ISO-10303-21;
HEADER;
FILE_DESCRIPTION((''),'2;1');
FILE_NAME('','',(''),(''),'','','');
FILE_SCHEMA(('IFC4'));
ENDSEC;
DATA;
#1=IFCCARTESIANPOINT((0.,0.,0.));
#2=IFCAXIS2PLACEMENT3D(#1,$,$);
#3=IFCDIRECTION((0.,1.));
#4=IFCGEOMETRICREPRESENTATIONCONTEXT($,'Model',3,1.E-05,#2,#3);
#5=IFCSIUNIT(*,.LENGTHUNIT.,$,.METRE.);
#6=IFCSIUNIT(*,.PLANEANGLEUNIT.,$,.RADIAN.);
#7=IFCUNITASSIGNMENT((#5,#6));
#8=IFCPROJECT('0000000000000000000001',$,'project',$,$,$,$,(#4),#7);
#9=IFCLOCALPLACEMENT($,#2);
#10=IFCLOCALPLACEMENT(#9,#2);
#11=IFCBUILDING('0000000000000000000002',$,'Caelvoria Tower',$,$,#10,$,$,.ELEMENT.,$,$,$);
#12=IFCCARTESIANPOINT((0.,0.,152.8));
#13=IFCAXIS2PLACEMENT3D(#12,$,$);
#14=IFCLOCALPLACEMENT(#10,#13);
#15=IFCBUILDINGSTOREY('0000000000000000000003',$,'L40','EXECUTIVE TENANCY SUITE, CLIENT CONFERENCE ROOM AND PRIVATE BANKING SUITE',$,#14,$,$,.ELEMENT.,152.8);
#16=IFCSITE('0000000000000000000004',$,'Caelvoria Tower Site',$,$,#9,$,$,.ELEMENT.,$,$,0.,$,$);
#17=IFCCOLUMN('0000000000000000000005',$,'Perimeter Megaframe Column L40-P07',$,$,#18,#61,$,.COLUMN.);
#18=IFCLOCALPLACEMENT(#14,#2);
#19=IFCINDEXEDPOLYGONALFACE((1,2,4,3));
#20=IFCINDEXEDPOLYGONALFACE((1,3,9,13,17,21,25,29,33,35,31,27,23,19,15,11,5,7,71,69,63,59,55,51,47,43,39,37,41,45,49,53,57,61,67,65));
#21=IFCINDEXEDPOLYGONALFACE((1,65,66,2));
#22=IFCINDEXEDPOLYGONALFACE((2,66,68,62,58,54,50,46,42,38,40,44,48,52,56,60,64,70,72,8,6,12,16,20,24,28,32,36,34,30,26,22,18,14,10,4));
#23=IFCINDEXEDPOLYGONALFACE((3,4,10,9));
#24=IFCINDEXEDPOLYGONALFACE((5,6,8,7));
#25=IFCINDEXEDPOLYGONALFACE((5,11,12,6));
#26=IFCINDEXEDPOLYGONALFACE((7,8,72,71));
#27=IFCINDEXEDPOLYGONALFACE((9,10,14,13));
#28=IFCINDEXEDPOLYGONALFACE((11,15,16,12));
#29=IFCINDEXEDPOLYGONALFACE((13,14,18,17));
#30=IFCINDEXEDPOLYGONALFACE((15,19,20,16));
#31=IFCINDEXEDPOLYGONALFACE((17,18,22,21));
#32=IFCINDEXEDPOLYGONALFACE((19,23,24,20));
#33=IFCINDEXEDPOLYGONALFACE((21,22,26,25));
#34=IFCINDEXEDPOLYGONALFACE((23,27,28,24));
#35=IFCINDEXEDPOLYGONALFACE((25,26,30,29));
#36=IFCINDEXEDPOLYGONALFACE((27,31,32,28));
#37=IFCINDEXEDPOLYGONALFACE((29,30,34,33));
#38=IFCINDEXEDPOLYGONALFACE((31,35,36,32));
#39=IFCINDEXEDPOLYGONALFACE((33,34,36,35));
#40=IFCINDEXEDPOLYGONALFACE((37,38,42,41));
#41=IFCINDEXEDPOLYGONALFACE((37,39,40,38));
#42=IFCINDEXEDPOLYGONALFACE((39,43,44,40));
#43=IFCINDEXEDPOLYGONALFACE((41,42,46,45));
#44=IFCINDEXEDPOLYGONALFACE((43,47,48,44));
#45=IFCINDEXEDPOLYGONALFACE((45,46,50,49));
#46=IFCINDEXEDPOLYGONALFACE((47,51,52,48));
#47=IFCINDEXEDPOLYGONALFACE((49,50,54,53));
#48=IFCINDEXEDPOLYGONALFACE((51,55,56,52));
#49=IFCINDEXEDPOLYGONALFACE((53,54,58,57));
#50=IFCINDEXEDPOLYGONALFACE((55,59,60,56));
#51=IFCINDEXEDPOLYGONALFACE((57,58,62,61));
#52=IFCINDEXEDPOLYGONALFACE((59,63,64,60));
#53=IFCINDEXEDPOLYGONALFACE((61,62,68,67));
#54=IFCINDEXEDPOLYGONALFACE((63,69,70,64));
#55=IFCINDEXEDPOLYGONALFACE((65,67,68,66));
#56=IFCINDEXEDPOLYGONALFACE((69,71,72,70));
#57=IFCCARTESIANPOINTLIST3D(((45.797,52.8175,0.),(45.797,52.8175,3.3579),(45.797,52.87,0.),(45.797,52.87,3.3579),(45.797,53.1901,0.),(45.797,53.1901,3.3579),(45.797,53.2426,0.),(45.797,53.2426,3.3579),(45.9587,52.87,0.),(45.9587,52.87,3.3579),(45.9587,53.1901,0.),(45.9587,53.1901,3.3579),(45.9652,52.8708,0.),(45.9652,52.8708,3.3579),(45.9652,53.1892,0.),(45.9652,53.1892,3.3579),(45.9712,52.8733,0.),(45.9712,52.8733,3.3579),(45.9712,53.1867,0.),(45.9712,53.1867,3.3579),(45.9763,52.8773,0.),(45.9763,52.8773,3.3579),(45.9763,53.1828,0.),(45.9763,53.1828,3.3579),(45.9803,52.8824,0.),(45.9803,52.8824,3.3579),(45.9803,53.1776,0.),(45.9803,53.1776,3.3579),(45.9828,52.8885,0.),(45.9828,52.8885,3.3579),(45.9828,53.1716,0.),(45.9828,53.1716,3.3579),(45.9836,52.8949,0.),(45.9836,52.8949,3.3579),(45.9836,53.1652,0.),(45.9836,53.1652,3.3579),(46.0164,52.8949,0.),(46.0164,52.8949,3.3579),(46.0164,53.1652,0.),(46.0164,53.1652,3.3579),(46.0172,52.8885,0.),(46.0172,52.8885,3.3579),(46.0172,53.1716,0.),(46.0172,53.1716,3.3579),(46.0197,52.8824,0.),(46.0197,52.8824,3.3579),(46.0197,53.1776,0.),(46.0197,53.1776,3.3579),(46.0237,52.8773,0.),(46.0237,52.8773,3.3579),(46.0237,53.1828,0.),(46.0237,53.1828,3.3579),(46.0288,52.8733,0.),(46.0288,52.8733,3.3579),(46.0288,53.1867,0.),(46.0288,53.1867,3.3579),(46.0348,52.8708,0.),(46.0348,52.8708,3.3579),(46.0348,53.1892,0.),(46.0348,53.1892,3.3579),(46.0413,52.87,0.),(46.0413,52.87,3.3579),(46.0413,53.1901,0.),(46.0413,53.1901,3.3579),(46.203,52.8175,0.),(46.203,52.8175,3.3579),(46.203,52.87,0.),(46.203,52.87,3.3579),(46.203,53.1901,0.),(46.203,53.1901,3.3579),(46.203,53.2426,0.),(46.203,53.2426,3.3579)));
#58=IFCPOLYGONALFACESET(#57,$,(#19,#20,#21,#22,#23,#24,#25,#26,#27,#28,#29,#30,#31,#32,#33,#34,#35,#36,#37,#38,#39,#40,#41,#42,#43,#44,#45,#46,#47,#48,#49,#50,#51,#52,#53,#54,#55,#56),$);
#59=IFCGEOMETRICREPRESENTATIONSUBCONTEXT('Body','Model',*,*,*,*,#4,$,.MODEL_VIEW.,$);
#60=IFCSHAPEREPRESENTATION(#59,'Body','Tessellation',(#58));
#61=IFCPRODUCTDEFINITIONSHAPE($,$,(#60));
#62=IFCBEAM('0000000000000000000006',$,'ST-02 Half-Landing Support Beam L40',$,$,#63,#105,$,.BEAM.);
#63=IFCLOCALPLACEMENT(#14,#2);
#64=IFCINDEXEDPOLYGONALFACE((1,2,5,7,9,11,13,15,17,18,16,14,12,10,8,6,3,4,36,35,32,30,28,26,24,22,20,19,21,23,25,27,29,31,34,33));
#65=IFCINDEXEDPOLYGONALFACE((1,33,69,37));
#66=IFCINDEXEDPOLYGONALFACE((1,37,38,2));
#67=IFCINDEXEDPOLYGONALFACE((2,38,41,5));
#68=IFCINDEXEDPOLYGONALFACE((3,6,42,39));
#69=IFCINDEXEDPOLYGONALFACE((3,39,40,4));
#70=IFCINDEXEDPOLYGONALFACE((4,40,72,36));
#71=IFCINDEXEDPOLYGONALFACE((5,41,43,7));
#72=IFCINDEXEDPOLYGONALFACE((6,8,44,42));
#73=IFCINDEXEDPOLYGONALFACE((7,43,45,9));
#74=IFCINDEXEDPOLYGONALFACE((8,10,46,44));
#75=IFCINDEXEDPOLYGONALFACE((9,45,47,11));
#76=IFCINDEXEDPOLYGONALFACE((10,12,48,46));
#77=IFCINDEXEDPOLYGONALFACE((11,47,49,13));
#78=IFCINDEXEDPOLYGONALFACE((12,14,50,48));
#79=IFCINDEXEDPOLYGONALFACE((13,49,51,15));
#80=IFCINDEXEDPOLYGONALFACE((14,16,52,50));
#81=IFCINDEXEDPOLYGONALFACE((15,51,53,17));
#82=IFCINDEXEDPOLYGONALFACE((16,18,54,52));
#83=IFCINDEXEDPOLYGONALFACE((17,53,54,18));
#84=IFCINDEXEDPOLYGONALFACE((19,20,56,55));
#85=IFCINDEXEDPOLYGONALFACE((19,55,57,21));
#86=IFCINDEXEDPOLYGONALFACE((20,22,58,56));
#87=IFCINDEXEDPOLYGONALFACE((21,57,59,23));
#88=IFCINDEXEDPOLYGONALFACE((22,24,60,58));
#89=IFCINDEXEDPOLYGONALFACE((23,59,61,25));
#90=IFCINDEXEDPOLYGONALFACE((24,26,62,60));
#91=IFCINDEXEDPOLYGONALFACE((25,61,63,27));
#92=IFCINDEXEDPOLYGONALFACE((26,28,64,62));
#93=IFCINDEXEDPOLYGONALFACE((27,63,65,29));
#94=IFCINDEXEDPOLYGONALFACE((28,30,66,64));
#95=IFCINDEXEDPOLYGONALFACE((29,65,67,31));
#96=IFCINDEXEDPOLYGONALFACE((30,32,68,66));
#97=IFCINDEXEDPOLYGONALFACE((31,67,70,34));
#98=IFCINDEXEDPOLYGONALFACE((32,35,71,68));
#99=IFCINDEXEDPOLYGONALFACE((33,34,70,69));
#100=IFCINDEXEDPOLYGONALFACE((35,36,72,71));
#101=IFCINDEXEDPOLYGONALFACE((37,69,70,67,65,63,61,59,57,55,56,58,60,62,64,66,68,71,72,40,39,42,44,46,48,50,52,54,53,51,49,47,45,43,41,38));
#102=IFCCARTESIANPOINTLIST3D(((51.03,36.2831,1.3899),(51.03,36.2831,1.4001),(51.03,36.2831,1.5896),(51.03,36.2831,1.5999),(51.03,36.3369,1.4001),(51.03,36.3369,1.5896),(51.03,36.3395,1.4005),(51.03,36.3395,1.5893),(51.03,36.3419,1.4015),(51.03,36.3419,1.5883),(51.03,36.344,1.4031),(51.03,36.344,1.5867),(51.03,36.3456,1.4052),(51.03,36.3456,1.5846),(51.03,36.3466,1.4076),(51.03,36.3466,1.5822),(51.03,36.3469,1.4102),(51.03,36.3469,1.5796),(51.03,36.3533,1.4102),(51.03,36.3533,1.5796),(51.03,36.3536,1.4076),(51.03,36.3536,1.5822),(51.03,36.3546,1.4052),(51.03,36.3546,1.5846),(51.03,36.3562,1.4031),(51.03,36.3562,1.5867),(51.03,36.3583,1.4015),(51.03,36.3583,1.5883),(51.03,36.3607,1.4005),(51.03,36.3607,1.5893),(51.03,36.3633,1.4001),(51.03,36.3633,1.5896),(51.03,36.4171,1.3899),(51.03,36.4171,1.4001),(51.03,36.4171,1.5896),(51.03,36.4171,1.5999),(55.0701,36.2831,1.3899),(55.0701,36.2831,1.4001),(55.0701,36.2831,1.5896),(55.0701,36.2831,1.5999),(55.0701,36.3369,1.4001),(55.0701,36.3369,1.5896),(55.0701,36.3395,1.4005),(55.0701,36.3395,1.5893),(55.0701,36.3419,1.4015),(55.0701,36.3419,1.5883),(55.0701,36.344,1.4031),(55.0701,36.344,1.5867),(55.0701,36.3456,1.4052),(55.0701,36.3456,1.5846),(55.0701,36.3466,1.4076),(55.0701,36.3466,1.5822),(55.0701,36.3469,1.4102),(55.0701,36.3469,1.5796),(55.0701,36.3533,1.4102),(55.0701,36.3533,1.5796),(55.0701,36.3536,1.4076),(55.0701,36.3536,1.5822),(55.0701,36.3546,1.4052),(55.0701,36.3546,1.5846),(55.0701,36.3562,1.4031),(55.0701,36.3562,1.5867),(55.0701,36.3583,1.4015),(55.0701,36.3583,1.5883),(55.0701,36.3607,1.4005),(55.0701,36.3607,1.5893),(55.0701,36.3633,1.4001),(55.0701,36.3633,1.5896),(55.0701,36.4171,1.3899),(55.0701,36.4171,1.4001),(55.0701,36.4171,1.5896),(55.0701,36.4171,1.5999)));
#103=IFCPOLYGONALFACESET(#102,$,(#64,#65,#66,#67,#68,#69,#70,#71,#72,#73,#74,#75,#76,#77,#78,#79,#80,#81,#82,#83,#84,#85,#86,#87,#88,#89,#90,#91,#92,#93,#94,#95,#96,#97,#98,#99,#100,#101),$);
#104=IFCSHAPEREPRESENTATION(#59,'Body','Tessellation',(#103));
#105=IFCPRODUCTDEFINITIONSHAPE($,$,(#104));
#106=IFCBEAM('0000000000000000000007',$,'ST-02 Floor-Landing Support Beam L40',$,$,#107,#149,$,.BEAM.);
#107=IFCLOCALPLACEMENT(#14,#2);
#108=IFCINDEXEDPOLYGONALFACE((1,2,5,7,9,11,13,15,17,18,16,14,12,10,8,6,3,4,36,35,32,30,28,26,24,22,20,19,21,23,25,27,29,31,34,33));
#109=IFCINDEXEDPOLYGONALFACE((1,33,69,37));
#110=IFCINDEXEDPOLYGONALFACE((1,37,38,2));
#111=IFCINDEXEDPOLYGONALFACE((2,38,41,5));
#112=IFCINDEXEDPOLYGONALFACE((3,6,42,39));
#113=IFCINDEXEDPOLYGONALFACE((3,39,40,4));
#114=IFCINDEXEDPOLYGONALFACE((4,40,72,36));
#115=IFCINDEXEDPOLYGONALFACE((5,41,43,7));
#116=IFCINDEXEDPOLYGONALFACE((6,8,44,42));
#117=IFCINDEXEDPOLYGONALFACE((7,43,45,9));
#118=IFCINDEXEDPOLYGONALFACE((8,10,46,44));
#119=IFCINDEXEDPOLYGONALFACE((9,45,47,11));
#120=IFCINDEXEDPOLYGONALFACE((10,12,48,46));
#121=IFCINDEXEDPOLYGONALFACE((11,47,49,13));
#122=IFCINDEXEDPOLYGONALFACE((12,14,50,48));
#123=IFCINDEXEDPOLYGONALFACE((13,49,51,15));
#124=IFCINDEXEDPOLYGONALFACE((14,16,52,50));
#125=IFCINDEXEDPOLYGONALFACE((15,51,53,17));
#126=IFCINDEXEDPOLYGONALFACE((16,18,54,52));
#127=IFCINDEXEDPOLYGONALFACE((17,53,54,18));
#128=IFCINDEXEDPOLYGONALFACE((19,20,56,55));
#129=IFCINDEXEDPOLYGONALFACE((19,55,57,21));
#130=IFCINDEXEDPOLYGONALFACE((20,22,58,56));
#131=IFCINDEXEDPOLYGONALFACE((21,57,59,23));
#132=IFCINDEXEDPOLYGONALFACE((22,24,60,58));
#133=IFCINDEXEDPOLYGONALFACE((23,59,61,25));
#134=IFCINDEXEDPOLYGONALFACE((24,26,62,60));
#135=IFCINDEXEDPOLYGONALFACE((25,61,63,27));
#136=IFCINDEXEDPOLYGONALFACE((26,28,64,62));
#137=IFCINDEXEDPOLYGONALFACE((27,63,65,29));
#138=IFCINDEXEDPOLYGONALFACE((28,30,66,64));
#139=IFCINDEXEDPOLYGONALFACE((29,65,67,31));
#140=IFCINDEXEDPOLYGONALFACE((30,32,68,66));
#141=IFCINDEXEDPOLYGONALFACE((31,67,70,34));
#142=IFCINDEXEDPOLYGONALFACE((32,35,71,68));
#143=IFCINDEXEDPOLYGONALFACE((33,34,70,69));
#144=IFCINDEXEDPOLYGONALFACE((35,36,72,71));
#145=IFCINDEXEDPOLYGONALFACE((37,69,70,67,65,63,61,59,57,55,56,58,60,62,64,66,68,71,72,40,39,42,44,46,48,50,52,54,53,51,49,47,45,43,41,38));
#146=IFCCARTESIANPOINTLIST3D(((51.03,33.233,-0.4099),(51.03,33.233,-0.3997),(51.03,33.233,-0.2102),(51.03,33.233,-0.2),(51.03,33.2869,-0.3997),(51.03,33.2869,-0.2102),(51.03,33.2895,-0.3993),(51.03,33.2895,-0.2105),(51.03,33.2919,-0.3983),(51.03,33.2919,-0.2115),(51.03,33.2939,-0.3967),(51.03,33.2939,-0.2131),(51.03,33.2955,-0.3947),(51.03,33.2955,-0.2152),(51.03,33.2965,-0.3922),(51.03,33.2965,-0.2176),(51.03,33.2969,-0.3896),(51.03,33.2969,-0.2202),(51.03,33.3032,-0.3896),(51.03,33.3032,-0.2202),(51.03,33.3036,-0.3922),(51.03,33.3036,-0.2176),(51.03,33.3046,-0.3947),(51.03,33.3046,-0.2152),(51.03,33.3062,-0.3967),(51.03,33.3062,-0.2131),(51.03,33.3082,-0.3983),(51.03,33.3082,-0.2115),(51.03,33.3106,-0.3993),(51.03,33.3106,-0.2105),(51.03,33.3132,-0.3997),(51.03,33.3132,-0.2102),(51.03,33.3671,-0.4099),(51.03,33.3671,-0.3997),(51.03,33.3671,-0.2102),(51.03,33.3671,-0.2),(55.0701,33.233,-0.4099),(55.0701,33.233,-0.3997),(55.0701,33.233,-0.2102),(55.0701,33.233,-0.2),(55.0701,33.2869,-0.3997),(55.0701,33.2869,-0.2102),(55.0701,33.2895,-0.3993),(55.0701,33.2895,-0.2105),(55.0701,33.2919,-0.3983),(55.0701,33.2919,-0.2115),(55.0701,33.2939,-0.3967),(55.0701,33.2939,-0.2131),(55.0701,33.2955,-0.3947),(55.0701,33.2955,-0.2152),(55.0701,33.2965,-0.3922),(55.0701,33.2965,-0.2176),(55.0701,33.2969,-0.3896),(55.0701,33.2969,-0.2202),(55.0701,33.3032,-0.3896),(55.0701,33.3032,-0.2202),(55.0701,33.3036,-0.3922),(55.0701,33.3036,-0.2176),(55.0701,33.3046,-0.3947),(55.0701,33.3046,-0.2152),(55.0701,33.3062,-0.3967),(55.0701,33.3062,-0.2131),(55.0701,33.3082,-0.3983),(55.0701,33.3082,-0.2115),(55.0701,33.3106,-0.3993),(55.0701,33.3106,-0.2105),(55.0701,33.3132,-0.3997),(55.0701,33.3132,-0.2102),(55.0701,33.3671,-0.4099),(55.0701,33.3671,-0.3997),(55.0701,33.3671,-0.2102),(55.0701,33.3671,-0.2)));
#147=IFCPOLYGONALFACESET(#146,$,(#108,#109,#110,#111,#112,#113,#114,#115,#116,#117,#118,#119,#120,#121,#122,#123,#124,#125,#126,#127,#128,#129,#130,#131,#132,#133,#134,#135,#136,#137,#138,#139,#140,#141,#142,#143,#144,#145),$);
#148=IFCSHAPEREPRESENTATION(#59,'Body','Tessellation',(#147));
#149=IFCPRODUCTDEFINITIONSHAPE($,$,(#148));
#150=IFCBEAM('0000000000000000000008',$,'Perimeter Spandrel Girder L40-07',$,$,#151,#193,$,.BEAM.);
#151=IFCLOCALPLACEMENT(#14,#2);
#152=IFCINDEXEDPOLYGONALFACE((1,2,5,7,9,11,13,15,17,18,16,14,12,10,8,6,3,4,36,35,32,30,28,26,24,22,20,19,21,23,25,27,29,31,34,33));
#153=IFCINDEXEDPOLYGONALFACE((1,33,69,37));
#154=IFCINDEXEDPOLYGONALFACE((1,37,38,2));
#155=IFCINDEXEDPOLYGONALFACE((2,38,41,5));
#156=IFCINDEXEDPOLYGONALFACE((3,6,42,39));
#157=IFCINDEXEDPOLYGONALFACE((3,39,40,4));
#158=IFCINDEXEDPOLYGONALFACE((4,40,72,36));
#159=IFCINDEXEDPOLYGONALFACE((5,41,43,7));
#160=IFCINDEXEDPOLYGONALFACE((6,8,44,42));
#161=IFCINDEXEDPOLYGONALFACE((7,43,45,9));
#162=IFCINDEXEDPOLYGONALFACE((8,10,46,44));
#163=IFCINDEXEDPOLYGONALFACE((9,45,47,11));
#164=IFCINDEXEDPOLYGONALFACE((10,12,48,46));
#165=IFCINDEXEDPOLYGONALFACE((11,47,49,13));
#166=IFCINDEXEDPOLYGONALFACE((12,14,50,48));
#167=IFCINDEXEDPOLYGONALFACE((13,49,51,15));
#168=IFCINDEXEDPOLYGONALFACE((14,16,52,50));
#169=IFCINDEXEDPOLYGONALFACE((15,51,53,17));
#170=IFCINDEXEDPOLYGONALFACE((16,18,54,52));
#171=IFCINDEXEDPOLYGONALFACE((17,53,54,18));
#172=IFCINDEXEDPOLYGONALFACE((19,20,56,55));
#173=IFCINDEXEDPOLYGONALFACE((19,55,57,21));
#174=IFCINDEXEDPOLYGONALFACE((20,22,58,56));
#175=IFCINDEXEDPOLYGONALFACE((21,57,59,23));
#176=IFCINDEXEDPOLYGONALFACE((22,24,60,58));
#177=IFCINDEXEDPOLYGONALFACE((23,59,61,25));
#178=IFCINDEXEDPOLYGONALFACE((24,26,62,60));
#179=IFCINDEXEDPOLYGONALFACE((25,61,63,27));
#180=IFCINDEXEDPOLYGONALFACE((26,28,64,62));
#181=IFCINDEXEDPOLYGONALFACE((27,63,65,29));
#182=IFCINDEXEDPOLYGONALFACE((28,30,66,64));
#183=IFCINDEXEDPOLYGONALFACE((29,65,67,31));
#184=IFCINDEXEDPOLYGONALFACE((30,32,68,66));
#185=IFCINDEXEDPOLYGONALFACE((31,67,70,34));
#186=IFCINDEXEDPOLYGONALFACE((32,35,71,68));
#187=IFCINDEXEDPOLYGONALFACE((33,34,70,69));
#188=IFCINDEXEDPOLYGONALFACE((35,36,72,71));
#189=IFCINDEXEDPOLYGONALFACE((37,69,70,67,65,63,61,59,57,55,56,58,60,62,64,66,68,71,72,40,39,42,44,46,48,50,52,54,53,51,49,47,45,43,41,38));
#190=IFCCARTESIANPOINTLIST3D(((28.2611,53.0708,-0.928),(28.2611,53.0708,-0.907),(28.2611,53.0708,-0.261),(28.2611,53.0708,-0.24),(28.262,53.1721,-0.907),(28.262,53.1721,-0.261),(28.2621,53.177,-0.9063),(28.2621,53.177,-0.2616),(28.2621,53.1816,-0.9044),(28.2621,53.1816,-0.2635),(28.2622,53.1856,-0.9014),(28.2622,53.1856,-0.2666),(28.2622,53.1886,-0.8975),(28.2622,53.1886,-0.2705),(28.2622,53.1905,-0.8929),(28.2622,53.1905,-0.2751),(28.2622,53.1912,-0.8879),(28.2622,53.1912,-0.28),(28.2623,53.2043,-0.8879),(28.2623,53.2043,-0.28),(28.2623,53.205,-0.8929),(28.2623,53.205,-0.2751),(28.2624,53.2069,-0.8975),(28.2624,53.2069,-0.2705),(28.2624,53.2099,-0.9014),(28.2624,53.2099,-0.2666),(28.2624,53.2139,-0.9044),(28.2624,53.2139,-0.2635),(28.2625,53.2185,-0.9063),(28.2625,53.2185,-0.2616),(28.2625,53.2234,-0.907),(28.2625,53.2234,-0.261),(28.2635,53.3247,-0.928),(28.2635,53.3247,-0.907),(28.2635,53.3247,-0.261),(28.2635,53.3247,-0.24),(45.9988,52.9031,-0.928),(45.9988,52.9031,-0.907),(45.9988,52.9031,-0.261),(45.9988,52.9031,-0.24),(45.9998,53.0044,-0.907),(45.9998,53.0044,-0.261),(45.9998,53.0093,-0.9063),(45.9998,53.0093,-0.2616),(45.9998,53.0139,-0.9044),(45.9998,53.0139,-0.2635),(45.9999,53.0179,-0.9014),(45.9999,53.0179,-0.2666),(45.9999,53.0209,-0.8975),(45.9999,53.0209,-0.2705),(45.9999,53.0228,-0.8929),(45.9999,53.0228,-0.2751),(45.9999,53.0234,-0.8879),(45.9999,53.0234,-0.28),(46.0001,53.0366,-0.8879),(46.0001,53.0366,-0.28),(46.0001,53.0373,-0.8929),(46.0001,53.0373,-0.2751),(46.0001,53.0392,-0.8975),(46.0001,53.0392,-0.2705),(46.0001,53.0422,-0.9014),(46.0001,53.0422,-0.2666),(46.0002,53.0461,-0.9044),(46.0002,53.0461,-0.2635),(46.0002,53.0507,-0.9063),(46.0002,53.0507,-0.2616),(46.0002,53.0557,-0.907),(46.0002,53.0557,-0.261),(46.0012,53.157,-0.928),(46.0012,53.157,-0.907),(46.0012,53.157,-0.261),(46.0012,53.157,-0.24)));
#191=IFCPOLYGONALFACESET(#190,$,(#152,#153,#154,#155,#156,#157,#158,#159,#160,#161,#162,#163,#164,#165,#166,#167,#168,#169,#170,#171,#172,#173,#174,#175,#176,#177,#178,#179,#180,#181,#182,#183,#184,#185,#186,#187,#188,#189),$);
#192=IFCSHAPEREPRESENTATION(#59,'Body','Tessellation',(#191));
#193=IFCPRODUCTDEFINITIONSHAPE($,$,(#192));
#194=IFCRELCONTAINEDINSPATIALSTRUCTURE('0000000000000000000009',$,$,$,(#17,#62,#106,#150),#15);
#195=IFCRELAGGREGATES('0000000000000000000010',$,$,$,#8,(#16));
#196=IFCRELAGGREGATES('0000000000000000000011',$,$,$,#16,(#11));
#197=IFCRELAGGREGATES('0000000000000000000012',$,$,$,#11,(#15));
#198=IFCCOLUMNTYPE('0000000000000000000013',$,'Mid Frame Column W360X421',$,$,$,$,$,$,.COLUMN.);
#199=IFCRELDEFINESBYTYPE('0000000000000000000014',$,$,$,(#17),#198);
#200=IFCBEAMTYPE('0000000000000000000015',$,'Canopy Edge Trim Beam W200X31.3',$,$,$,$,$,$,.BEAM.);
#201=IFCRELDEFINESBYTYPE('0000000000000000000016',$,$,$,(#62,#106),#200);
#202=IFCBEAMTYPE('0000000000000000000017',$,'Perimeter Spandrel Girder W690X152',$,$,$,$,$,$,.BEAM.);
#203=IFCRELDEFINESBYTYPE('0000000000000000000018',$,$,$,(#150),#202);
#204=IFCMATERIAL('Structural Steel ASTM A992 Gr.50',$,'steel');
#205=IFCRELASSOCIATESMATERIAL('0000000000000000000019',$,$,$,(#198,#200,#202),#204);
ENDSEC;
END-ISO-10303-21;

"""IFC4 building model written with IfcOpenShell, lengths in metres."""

from ifc_helpers import new_model, si_unit, direction, frame, origin, origin_2d, place, context, subcontext, project, spatial, i_section, extrude, material, material_profile, profile_set, type_object, element, save


model = new_model("IFC4")

# Units and contexts
model_context = context("Model", 3, precision=1e-05, world=origin(), true_north=direction((0.0, 1.0)))
body_context = subcontext(model_context, "Body", "Model", "MODEL_VIEW")
ifc_project = project(units=[si_unit("LENGTHUNIT", "METRE"), si_unit("PLANEANGLEUNIT", "RADIAN")], contexts=[model_context])

# Site, building, storey
site_placement = place(None, origin())
site = spatial("IfcSite", under=ifc_project, at=site_placement, Name="Caelvoria Tower Site", CompositionType="ELEMENT", RefElevation=0.0)
building_placement = place(site_placement, origin())
building = spatial("IfcBuilding", under=site, at=building_placement, Name="Caelvoria Tower", CompositionType="ELEMENT")
storey_placement = place(building_placement, frame((0.0, 0.0, 152.8)))
storey = spatial("IfcBuildingStorey", under=building, at=storey_placement, Name="L40", Description="EXECUTIVE TENANCY SUITE, CLIENT CONFERENCE ROOM AND PRIVATE BANKING SUITE", CompositionType="ELEMENT", Elevation=152.8)

# Column
ifc_material_1 = material(Name="Structural Steel ASTM A992 Gr.50", Category="steel")
ifc_material_profile_1 = material_profile(ifc_material_1, i_section(OverallWidth=0.406, OverallDepth=0.425, WebThickness=0.0327, FlangeThickness=0.0525, FilletRadius=0.0249, at=origin_2d()), Name="Structural Steel ASTM A992 Gr.50")
ifc_profile_set_1 = profile_set([ifc_material_profile_1], Name="W360X421 - Structural Steel ASTM A992 Gr.50")
column_type = type_object("IfcColumnType", Name="Mid Frame Column W360X421", PredefinedType="COLUMN", material=ifc_profile_set_1)
column_placement = place(storey_placement, frame((46.0, 53.03, 0.0), z_axis=(0.0, 0.0, 1.0), x_axis=(1.0, 0.0, 0.0)))
element("IfcColumn", 1, at=column_placement, inside=storey, type_object=column_type, Name="Perimeter Megaframe Column L40-P07", PredefinedType="COLUMN", context=body_context, shape_type="SweptSolid", body=[
    extrude(i_section(OverallWidth=0.406, OverallDepth=0.425, WebThickness=0.0327, FlangeThickness=0.0525, FilletRadius=0.0249, at=origin_2d()), origin(), (0.0, 0.0, 1.0), 3.3579),
])

# Beams
ifc_material_profile_2 = material_profile(ifc_material_1, i_section(OverallWidth=0.134, OverallDepth=0.21, WebThickness=0.0063, FlangeThickness=0.0103, FilletRadius=0.01, at=origin_2d()), Name="Structural Steel ASTM A992 Gr.50")
ifc_profile_set_2 = profile_set([ifc_material_profile_2], Name="W200X31.3 - Structural Steel ASTM A992 Gr.50")
beam_type_1 = type_object("IfcBeamType", Name="Canopy Edge Trim Beam W200X31.3", PredefinedType="BEAM", material=ifc_profile_set_2)
for number, where, z_axis, x_axis, name in (
    (2, (51.03, 36.3501, 1.4949), (1.0, 0.0, 0.0), (0.0, 1.0, 0.0), "ST-02 Half-Landing Support Beam L40"),
    (3, (51.03, 33.3, -0.3049), (1.0, 0.0, 0.0), (0.0, 1.0, 0.0), "ST-02 Floor-Landing Support Beam L40"),
):
    element("IfcBeam", number, at=place(storey_placement, frame(where, z_axis=z_axis, x_axis=x_axis)), inside=storey, type_object=beam_type_1, Name=name, PredefinedType="BEAM", context=body_context, shape_type="SweptSolid", body=[
        extrude(i_section(OverallWidth=0.134, OverallDepth=0.21, WebThickness=0.0063, FlangeThickness=0.0103, FilletRadius=0.01, at=origin_2d()), origin(), (0.0, 0.0, 1.0), 4.04),
    ])
ifc_material_profile_3 = material_profile(ifc_material_1, i_section(OverallWidth=0.2539, OverallDepth=0.688, WebThickness=0.0132, FlangeThickness=0.021, FilletRadius=0.019, at=origin_2d()), Name="Structural Steel ASTM A992 Gr.50")
ifc_profile_set_3 = profile_set([ifc_material_profile_3], Name="W690X152 - Structural Steel ASTM A992 Gr.50")
beam_type_2 = type_object("IfcBeamType", Name="Perimeter Spandrel Girder W690X152", PredefinedType="BEAM", material=ifc_profile_set_3)
beam_1_placement = place(storey_placement, frame((46.0, 53.03, -0.584), z_axis=(-0.999955, 0.009455, 0.0), x_axis=(-0.009455, -0.999955, 0.0)))
element("IfcBeam", 4, at=beam_1_placement, inside=storey, type_object=beam_type_2, Name="Perimeter Spandrel Girder L40-07", PredefinedType="BEAM", context=body_context, shape_type="SweptSolid", body=[
    extrude(i_section(OverallWidth=0.2539, OverallDepth=0.688, WebThickness=0.0132, FlangeThickness=0.021, FilletRadius=0.019, at=origin_2d()), origin(), (0.0, 0.0, 1.0), 17.7385),
])

save(model, "model.ifc")
